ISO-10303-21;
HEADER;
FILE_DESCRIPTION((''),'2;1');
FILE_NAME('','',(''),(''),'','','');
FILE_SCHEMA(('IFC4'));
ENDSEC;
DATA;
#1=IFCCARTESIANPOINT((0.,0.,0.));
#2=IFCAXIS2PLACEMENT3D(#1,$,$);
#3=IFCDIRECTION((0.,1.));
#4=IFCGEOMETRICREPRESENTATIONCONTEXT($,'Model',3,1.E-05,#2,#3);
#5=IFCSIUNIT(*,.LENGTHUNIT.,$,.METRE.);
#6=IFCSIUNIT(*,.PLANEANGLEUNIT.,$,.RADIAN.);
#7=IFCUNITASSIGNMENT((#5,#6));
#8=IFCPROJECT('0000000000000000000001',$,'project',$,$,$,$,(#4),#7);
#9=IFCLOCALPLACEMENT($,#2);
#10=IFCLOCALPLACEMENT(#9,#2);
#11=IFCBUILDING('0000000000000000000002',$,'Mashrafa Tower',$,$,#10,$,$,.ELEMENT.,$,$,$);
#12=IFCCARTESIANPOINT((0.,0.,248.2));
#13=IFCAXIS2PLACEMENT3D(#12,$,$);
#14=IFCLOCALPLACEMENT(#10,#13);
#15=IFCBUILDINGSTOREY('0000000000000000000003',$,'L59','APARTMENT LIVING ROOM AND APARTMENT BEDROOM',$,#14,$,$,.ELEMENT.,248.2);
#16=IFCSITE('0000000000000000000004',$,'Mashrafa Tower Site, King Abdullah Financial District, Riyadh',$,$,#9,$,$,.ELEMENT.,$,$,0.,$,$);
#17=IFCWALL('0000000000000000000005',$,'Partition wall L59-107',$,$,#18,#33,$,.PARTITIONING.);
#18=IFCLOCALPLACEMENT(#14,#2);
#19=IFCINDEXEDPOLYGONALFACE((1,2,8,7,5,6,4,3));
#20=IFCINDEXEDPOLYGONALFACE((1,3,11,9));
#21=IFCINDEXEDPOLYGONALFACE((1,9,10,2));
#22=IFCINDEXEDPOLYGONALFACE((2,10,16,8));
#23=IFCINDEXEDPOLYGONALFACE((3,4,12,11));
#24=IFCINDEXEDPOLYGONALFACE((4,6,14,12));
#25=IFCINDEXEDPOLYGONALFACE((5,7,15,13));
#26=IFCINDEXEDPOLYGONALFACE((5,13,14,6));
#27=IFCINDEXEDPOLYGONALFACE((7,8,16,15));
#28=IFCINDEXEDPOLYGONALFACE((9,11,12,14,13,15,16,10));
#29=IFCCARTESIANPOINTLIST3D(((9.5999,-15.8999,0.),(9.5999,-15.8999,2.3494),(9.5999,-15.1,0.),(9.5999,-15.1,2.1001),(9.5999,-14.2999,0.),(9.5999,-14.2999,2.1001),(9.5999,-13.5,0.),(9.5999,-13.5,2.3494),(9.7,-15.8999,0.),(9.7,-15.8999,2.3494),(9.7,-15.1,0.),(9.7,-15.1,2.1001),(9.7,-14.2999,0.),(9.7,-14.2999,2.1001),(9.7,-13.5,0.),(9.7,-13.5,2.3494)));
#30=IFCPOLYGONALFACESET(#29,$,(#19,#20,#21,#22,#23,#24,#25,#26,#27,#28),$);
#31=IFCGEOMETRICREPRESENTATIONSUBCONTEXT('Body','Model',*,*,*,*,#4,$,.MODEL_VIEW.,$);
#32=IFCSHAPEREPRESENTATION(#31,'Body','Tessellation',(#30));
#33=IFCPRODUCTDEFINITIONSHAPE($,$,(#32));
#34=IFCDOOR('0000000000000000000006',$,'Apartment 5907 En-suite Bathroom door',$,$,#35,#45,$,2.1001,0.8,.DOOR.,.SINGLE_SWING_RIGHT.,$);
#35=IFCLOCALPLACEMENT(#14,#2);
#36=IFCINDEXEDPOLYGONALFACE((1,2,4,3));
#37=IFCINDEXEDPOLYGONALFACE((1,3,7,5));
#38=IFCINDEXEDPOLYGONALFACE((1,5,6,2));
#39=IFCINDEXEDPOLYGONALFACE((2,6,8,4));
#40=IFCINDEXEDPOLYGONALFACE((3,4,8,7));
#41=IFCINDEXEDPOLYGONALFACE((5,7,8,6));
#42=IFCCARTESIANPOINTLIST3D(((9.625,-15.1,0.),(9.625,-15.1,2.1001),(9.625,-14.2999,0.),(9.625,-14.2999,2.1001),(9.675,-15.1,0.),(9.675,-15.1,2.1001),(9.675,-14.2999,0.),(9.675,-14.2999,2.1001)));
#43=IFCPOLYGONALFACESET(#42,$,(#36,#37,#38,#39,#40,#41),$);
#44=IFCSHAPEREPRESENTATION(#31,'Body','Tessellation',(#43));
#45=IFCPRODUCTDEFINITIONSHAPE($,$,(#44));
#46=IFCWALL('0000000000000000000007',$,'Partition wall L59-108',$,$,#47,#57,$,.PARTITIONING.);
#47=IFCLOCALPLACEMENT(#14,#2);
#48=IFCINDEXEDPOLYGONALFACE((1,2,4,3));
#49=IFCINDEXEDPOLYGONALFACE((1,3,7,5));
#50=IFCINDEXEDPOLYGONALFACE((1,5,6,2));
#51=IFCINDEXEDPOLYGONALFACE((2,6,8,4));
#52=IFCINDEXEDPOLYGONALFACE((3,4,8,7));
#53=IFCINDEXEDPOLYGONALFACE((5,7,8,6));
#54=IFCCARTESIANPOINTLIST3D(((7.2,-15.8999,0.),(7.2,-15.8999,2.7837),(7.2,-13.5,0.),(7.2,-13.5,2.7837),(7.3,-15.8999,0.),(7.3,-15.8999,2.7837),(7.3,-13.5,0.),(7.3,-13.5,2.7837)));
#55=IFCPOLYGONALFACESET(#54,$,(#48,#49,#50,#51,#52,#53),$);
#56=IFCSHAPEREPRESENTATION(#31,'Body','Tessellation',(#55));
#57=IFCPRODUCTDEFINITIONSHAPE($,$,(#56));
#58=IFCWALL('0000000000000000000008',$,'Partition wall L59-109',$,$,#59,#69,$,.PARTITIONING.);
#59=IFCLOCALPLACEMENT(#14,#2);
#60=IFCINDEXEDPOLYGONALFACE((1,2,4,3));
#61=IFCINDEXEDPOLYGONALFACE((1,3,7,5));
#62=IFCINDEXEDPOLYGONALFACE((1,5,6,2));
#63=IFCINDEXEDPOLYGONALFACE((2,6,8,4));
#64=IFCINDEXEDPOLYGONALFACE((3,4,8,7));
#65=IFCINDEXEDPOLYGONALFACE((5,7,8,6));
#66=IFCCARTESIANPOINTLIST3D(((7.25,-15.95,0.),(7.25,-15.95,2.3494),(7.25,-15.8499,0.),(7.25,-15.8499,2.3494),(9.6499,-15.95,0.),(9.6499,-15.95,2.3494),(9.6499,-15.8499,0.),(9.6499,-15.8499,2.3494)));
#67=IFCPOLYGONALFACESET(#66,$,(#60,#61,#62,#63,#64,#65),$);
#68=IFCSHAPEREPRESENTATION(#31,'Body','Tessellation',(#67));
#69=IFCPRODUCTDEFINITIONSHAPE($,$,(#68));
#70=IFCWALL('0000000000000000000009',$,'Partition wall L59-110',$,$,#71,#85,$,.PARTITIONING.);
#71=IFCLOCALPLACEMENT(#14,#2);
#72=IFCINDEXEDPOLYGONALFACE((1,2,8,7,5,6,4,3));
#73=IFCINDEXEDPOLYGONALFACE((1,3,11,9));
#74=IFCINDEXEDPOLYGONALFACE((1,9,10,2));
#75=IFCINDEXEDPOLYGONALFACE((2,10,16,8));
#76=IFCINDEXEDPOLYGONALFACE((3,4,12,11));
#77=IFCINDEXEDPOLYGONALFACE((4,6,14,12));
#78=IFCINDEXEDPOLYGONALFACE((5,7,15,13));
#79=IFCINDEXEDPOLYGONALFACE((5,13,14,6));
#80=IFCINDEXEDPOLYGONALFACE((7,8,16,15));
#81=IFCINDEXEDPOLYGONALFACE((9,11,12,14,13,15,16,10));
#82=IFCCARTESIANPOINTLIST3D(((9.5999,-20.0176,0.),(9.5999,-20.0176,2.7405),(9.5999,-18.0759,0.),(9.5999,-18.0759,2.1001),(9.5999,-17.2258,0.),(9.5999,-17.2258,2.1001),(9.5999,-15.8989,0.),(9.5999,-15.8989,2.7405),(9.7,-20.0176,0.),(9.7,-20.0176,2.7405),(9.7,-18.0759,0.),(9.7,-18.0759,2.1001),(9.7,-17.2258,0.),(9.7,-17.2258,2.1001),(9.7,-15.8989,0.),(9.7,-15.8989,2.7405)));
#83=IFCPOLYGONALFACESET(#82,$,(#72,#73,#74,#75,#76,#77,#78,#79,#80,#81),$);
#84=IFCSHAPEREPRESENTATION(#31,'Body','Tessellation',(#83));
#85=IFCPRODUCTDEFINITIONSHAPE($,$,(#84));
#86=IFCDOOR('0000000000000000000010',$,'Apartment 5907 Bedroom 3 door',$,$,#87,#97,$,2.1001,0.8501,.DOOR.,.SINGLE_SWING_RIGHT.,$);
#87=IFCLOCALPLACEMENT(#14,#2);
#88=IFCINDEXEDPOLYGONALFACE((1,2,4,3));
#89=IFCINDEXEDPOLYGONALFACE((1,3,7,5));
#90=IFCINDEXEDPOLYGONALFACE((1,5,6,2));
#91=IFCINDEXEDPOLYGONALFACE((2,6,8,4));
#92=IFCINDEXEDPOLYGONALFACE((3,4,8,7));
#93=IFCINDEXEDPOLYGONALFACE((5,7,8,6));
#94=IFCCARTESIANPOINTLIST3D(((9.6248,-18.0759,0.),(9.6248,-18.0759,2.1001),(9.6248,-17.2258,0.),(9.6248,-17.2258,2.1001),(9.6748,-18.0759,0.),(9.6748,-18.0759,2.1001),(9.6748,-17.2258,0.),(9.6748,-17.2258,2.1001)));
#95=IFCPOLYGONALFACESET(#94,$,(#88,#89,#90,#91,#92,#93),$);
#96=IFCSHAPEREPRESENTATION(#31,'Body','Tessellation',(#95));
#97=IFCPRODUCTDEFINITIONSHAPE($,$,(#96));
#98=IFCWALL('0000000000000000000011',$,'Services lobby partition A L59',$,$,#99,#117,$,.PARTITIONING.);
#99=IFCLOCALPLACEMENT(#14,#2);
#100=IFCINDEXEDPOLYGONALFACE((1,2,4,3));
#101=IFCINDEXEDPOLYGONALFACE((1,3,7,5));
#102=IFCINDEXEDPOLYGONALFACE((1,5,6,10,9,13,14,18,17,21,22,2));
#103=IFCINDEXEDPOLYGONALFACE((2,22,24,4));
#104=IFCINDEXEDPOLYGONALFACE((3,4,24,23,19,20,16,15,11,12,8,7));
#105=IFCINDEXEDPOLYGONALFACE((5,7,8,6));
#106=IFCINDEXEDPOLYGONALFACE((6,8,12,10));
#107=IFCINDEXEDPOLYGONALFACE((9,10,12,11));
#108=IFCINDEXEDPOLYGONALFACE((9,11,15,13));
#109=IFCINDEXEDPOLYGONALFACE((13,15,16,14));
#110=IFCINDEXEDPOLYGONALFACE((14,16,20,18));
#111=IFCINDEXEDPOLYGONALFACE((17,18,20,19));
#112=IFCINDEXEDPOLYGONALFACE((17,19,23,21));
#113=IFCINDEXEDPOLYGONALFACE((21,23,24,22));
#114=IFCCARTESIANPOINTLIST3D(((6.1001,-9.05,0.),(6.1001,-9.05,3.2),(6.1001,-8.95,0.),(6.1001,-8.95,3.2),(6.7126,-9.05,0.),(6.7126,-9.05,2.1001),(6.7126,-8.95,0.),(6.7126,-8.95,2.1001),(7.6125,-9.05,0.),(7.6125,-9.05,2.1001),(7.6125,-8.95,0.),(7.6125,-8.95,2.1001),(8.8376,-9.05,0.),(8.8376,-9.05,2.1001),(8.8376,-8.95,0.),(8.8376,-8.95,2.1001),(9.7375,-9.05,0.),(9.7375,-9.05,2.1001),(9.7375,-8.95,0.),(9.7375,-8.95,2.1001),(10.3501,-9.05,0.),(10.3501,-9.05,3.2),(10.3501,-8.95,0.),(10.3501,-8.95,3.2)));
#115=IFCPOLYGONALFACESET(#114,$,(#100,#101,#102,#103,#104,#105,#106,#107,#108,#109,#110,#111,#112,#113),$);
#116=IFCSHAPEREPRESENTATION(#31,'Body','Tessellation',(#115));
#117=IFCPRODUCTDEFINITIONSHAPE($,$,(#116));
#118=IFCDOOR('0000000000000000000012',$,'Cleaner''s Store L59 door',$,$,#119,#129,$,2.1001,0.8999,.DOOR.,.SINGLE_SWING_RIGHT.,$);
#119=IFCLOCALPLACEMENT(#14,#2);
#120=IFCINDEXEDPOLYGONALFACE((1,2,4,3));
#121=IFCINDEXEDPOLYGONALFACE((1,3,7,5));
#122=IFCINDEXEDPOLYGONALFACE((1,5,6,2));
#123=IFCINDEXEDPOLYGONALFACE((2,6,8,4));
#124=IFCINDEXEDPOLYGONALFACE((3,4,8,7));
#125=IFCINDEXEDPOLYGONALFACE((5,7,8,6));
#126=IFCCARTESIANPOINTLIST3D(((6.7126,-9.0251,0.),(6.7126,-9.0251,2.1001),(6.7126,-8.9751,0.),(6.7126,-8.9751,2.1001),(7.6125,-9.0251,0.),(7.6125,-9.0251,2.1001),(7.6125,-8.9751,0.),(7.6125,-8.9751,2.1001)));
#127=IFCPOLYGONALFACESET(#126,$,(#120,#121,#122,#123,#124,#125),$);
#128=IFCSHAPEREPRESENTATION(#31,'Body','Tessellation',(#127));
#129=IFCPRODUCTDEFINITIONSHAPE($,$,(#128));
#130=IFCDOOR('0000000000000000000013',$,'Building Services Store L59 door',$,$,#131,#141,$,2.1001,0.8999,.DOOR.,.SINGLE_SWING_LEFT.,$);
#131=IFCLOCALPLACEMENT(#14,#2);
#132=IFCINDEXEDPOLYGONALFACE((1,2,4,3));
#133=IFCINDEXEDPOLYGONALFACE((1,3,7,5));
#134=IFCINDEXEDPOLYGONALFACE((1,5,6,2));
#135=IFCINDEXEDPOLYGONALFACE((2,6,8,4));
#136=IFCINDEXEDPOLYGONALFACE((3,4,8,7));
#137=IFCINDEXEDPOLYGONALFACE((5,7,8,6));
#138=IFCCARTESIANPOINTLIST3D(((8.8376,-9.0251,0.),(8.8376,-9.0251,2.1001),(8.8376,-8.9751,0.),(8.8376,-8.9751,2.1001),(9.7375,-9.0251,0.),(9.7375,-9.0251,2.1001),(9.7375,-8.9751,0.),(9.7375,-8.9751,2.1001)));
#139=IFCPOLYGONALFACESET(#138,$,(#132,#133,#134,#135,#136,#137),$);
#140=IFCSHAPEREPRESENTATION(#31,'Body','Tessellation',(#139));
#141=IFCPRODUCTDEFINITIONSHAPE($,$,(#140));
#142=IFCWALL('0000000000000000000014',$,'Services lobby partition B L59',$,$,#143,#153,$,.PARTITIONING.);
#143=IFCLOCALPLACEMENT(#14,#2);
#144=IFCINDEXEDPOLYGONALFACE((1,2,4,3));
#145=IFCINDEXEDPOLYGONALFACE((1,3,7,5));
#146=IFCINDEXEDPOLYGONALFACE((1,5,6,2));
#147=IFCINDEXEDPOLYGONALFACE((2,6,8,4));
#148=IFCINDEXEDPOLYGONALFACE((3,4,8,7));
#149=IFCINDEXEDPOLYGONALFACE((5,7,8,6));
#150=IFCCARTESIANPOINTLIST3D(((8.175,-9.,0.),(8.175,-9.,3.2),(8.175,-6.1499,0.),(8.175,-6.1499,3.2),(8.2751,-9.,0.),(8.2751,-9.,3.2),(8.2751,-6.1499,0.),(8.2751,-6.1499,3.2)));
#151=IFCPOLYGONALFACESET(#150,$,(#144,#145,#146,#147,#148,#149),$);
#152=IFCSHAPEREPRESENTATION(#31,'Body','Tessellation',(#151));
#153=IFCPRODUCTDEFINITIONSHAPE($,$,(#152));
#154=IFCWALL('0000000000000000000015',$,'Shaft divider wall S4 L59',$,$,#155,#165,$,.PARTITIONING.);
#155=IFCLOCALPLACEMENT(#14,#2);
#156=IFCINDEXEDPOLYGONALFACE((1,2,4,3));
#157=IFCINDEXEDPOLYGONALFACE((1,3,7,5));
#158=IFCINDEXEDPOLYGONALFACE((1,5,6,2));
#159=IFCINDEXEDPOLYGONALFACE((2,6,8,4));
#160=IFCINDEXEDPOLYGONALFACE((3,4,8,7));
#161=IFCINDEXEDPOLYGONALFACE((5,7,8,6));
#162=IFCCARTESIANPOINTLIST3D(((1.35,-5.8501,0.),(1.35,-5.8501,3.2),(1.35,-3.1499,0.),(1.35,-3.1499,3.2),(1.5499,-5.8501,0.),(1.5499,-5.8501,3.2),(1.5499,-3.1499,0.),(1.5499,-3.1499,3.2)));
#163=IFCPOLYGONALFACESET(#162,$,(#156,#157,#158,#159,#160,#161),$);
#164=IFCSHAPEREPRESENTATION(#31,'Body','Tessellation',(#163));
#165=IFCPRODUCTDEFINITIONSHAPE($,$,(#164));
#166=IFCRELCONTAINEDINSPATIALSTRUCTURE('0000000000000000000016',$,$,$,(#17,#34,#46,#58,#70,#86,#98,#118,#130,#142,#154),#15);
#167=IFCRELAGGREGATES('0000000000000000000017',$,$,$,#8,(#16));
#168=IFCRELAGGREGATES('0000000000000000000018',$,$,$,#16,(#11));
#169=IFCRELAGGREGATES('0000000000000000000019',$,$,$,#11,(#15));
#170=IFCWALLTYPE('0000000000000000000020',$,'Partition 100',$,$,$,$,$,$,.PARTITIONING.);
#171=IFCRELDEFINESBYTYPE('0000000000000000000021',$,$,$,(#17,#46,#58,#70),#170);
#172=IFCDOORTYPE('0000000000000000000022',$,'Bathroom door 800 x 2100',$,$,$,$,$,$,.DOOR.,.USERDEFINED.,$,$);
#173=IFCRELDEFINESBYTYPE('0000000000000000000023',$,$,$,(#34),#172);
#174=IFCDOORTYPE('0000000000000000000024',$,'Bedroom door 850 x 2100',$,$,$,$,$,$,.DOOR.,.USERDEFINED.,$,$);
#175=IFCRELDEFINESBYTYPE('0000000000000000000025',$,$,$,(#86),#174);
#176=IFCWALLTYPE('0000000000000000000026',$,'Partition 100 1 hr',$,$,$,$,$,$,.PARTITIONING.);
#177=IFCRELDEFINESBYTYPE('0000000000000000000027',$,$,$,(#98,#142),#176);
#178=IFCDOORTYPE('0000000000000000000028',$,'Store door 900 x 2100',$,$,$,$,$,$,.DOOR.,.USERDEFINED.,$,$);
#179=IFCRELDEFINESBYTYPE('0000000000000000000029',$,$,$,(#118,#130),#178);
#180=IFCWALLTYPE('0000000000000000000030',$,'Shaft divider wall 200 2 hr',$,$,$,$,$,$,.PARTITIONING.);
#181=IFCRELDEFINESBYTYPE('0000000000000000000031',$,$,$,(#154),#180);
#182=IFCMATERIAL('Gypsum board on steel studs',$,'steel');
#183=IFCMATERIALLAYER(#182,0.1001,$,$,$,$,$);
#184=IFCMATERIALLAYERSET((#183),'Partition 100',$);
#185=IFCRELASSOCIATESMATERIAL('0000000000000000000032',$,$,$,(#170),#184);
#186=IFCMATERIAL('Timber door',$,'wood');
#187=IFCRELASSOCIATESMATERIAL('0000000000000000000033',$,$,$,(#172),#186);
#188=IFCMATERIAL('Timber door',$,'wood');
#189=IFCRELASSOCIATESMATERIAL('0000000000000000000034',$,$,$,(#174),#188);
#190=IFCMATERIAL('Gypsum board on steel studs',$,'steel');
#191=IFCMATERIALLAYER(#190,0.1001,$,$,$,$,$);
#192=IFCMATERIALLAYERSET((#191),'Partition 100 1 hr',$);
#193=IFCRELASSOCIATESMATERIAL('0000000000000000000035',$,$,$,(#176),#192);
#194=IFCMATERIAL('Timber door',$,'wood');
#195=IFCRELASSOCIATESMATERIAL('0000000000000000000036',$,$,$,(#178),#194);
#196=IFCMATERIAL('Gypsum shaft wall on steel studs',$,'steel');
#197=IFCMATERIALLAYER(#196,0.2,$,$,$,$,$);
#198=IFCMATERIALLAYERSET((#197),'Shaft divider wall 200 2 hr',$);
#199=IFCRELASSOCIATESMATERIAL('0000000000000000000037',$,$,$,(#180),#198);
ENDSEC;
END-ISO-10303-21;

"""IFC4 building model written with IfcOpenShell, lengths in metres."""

from ifc_helpers import new_model, si_unit, direction, frame, frame_2d, origin, place, context, subcontext, project, spatial, rectangle, extrude, material, layer, layer_set, type_object, element, fill, save


model = new_model("IFC4")

# Units and contexts
model_context = context("Model", 3, precision=1e-05, world=origin(), true_north=direction((0.0, 1.0)))
body_context = subcontext(model_context, "Body", "Model", "MODEL_VIEW")
ifc_project = project(units=[si_unit("LENGTHUNIT", "METRE"), si_unit("PLANEANGLEUNIT", "RADIAN")], contexts=[model_context])

# Site, building, storey
site_placement = place(None, origin())
site = spatial("IfcSite", under=ifc_project, at=site_placement, Name="Mashrafa Tower Site, King Abdullah Financial District, Riyadh", CompositionType="ELEMENT", RefElevation=0.0)
building_placement = place(site_placement, origin())
building = spatial("IfcBuilding", under=site, at=building_placement, Name="Mashrafa Tower", CompositionType="ELEMENT")
storey_placement = place(building_placement, frame((0.0, 0.0, 248.2)))
storey = spatial("IfcBuildingStorey", under=building, at=storey_placement, Name="L59", Description="APARTMENT LIVING ROOM AND APARTMENT BEDROOM", CompositionType="ELEMENT", Elevation=248.2)

# Wall, opening, door
ifc_material_1 = material(Name="Gypsum board on steel studs", Category="steel")
ifc_layer_1 = layer(ifc_material_1, 0.1001)
ifc_layer_set_1 = layer_set([ifc_layer_1], Name="Partition 100")
wall_type_1 = type_object("IfcWallType", Name="Partition 100", PredefinedType="PARTITIONING", material=ifc_layer_set_1)
wall_1_placement = place(storey_placement, frame((9.6499, -15.8999, 0.0), z_axis=(0.0, 0.0, 1.0), x_axis=(0.0, 1.0, 0.0)))
wall_1 = element("IfcWall", 1, at=wall_1_placement, inside=storey, type_object=wall_type_1, Name="Partition wall L59-107", PredefinedType="PARTITIONING", context=body_context, shape_type="SweptSolid", body=[
    extrude(rectangle(XDim=2.3999, YDim=0.1001, at=frame_2d((1.2, 0.0))), origin(), (0.0, 0.0, 1.0), 2.3494),
])
opening_1_placement = place(wall_1_placement, frame((0.8, 0.0, 0.0)))
opening_1 = element("IfcOpeningElement", 2, at=opening_1_placement, cuts=wall_1, PredefinedType="OPENING", context=body_context, shape_type="SweptSolid", body=[
    extrude(rectangle(XDim=0.8, YDim=2.1001, at=frame_2d((0.3999, 1.05))), frame((0.0, 0.0601, 0.0), z_axis=(0.0, -1.0, 0.0), x_axis=(1.0, 0.0, 0.0)), (0.0, 0.0, 1.0), 0.1201),
])
ifc_material_2 = material(Name="Timber door", Category="wood")
door_type_1 = type_object("IfcDoorType", Name="Bathroom door 800 x 2100", OperationType="USERDEFINED", PredefinedType="DOOR", material=ifc_material_2)
door_1_placement = place(opening_1_placement, origin())
door_1 = element("IfcDoor", 3, at=door_1_placement, inside=storey, type_object=door_type_1, Name="Apartment 5907 En-suite Bathroom door", OperationType="SINGLE_SWING_RIGHT", OverallHeight=2.1001, OverallWidth=0.8, PredefinedType="DOOR", context=body_context, shape_type="SweptSolid", body=[
    extrude(rectangle(XDim=0.8, YDim=2.1001, at=frame_2d((0.3999, 1.05))), frame((0.0, 0.0249, 0.0), z_axis=(0.0, -1.0, 0.0), x_axis=(1.0, 0.0, 0.0)), (0.0, 0.0, 1.0), 0.05),
])
fill(opening_1, door_1)

# Walls
wall_2_placement = place(storey_placement, frame((7.25, -13.5, 0.0), z_axis=(0.0, 0.0, 1.0), x_axis=(0.0, -1.0, 0.0)))
element("IfcWall", 4, at=wall_2_placement, inside=storey, type_object=wall_type_1, Name="Partition wall L59-108", PredefinedType="PARTITIONING", context=body_context, shape_type="SweptSolid", body=[
    extrude(rectangle(XDim=2.3999, YDim=0.1001, at=frame_2d((1.2, 0.0))), origin(), (0.0, 0.0, 1.0), 2.7837),
])
wall_3_placement = place(storey_placement, frame((7.25, -15.8999, 0.0), z_axis=(0.0, 0.0, 1.0), x_axis=(1.0, 0.0, 0.0)))
element("IfcWall", 5, at=wall_3_placement, inside=storey, type_object=wall_type_1, Name="Partition wall L59-109", PredefinedType="PARTITIONING", context=body_context, shape_type="SweptSolid", body=[
    extrude(rectangle(XDim=2.3999, YDim=0.1001, at=frame_2d((1.2, 0.0))), origin(), (0.0, 0.0, 1.0), 2.3494),
])

# Wall, opening, door
wall_4_placement = place(storey_placement, frame((9.6499, -15.8989, 0.0), z_axis=(0.0, 0.0, 1.0), x_axis=(0.0, -1.0, 0.0)))
wall_4 = element("IfcWall", 6, at=wall_4_placement, inside=storey, type_object=wall_type_1, Name="Partition wall L59-110", PredefinedType="PARTITIONING", context=body_context, shape_type="SweptSolid", body=[
    extrude(rectangle(XDim=4.1187, YDim=0.1001, at=frame_2d((2.0593, 0.0))), origin(), (0.0, 0.0, 1.0), 2.7405),
])
opening_2_placement = place(wall_4_placement, frame((1.3269, 0.0, 0.0)))
opening_2 = element("IfcOpeningElement", 7, at=opening_2_placement, cuts=wall_4, PredefinedType="OPENING", context=body_context, shape_type="SweptSolid", body=[
    extrude(rectangle(XDim=0.8501, YDim=2.1001, at=frame_2d((0.425, 1.05))), frame((0.0, 0.0601, 0.0), z_axis=(0.0, -1.0, 0.0), x_axis=(1.0, 0.0, 0.0)), (0.0, 0.0, 1.0), 0.1201),
])
ifc_material_3 = material(Name="Timber door", Category="wood")
door_type_2 = type_object("IfcDoorType", Name="Bedroom door 850 x 2100", OperationType="USERDEFINED", PredefinedType="DOOR", material=ifc_material_3)
door_2_placement = place(opening_2_placement, origin())
door_2 = element("IfcDoor", 8, at=door_2_placement, inside=storey, type_object=door_type_2, Name="Apartment 5907 Bedroom 3 door", OperationType="SINGLE_SWING_RIGHT", OverallHeight=2.1001, OverallWidth=0.8501, PredefinedType="DOOR", context=body_context, shape_type="SweptSolid", body=[
    extrude(rectangle(XDim=0.8501, YDim=2.1001, at=frame_2d((0.425, 1.05))), frame((0.0, 0.0249, 0.0), z_axis=(0.0, -1.0, 0.0), x_axis=(1.0, 0.0, 0.0)), (0.0, 0.0, 1.0), 0.05),
])
fill(opening_2, door_2)

# Wall, openings, doors
ifc_material_4 = material(Name="Gypsum board on steel studs", Category="steel")
ifc_layer_2 = layer(ifc_material_4, 0.1001)
ifc_layer_set_2 = layer_set([ifc_layer_2], Name="Partition 100 1 hr")
wall_type_2 = type_object("IfcWallType", Name="Partition 100 1 hr", PredefinedType="PARTITIONING", material=ifc_layer_set_2)
wall_5_placement = place(storey_placement, frame((6.1001, -9.0, 0.0), z_axis=(0.0, 0.0, 1.0), x_axis=(1.0, 0.0, 0.0)))
wall_5 = element("IfcWall", 9, at=wall_5_placement, inside=storey, type_object=wall_type_2, Name="Services lobby partition A L59", PredefinedType="PARTITIONING", context=body_context, shape_type="SweptSolid", body=[
    extrude(rectangle(XDim=4.25, YDim=0.1001, at=frame_2d((2.125, 0.0))), origin(), (0.0, 0.0, 1.0), 3.2),
])
opening_3_placement = place(wall_5_placement, frame((0.6125, 0.0, 0.0)))
opening_3 = element("IfcOpeningElement", 10, at=opening_3_placement, cuts=wall_5, PredefinedType="OPENING", context=body_context, shape_type="SweptSolid", body=[
    extrude(rectangle(XDim=0.8999, YDim=2.1001, at=frame_2d((0.45, 1.05))), frame((0.0, 0.0601, 0.0), z_axis=(0.0, -1.0, 0.0), x_axis=(1.0, 0.0, 0.0)), (0.0, 0.0, 1.0), 0.1201),
])
opening_4_placement = place(wall_5_placement, frame((2.7375, 0.0, 0.0)))
opening_4 = element("IfcOpeningElement", 11, at=opening_4_placement, cuts=wall_5, PredefinedType="OPENING", context=body_context, shape_type="SweptSolid", body=[
    extrude(rectangle(XDim=0.8999, YDim=2.1001, at=frame_2d((0.45, 1.05))), frame((0.0, 0.0601, 0.0), z_axis=(0.0, -1.0, 0.0), x_axis=(1.0, 0.0, 0.0)), (0.0, 0.0, 1.0), 0.1201),
])
ifc_material_5 = material(Name="Timber door", Category="wood")
door_type_3 = type_object("IfcDoorType", Name="Store door 900 x 2100", OperationType="USERDEFINED", PredefinedType="DOOR", material=ifc_material_5)
door_3_placement = place(opening_3_placement, origin())
door_3 = element("IfcDoor", 12, at=door_3_placement, inside=storey, type_object=door_type_3, Name="Cleaner's Store L59 door", OperationType="SINGLE_SWING_RIGHT", OverallHeight=2.1001, OverallWidth=0.8999, PredefinedType="DOOR", context=body_context, shape_type="SweptSolid", body=[
    extrude(rectangle(XDim=0.8999, YDim=2.1001, at=frame_2d((0.45, 1.05))), frame((0.0, 0.0249, 0.0), z_axis=(0.0, -1.0, 0.0), x_axis=(1.0, 0.0, 0.0)), (0.0, 0.0, 1.0), 0.05),
])
fill(opening_3, door_3)
door_4_placement = place(opening_4_placement, origin())
door_4 = element("IfcDoor", 13, at=door_4_placement, inside=storey, type_object=door_type_3, Name="Building Services Store L59 door", OperationType="SINGLE_SWING_LEFT", OverallHeight=2.1001, OverallWidth=0.8999, PredefinedType="DOOR", context=body_context, shape_type="SweptSolid", body=[
    extrude(rectangle(XDim=0.8999, YDim=2.1001, at=frame_2d((0.45, 1.05))), frame((0.0, 0.0249, 0.0), z_axis=(0.0, -1.0, 0.0), x_axis=(1.0, 0.0, 0.0)), (0.0, 0.0, 1.0), 0.05),
])
fill(opening_4, door_4)

# Walls
wall_6_placement = place(storey_placement, frame((8.2251, -9.0, 0.0), z_axis=(0.0, 0.0, 1.0), x_axis=(0.0, 1.0, 0.0)))
element("IfcWall", 14, at=wall_6_placement, inside=storey, type_object=wall_type_2, Name="Services lobby partition B L59", PredefinedType="PARTITIONING", context=body_context, shape_type="SweptSolid", body=[
    extrude(rectangle(XDim=2.8501, YDim=0.1001, at=frame_2d((1.425, 0.0))), origin(), (0.0, 0.0, 1.0), 3.2),
])
ifc_material_6 = material(Name="Gypsum shaft wall on steel studs", Category="steel")
ifc_layer_3 = layer(ifc_material_6, 0.2)
ifc_layer_set_3 = layer_set([ifc_layer_3], Name="Shaft divider wall 200 2 hr")
wall_type_3 = type_object("IfcWallType", Name="Shaft divider wall 200 2 hr", PredefinedType="PARTITIONING", material=ifc_layer_set_3)
for number, where, z_axis, x_axis, name in (
    (15, (1.45, -5.8501, 0.0), (0.0, 0.0, 1.0), (0.0, 1.0, 0.0), "Shaft divider wall S4 L59"),
):
    element("IfcWall", number, at=place(storey_placement, frame(where, z_axis=z_axis, x_axis=x_axis)), inside=storey, type_object=wall_type_3, Name=name, PredefinedType="PARTITIONING", context=body_context, shape_type="SweptSolid", body=[
        extrude(rectangle(XDim=2.7002, YDim=0.2, at=frame_2d((1.3501, 0.0))), origin(), (0.0, 0.0, 1.0), 3.2),
    ])

save(model, "model.ifc")
